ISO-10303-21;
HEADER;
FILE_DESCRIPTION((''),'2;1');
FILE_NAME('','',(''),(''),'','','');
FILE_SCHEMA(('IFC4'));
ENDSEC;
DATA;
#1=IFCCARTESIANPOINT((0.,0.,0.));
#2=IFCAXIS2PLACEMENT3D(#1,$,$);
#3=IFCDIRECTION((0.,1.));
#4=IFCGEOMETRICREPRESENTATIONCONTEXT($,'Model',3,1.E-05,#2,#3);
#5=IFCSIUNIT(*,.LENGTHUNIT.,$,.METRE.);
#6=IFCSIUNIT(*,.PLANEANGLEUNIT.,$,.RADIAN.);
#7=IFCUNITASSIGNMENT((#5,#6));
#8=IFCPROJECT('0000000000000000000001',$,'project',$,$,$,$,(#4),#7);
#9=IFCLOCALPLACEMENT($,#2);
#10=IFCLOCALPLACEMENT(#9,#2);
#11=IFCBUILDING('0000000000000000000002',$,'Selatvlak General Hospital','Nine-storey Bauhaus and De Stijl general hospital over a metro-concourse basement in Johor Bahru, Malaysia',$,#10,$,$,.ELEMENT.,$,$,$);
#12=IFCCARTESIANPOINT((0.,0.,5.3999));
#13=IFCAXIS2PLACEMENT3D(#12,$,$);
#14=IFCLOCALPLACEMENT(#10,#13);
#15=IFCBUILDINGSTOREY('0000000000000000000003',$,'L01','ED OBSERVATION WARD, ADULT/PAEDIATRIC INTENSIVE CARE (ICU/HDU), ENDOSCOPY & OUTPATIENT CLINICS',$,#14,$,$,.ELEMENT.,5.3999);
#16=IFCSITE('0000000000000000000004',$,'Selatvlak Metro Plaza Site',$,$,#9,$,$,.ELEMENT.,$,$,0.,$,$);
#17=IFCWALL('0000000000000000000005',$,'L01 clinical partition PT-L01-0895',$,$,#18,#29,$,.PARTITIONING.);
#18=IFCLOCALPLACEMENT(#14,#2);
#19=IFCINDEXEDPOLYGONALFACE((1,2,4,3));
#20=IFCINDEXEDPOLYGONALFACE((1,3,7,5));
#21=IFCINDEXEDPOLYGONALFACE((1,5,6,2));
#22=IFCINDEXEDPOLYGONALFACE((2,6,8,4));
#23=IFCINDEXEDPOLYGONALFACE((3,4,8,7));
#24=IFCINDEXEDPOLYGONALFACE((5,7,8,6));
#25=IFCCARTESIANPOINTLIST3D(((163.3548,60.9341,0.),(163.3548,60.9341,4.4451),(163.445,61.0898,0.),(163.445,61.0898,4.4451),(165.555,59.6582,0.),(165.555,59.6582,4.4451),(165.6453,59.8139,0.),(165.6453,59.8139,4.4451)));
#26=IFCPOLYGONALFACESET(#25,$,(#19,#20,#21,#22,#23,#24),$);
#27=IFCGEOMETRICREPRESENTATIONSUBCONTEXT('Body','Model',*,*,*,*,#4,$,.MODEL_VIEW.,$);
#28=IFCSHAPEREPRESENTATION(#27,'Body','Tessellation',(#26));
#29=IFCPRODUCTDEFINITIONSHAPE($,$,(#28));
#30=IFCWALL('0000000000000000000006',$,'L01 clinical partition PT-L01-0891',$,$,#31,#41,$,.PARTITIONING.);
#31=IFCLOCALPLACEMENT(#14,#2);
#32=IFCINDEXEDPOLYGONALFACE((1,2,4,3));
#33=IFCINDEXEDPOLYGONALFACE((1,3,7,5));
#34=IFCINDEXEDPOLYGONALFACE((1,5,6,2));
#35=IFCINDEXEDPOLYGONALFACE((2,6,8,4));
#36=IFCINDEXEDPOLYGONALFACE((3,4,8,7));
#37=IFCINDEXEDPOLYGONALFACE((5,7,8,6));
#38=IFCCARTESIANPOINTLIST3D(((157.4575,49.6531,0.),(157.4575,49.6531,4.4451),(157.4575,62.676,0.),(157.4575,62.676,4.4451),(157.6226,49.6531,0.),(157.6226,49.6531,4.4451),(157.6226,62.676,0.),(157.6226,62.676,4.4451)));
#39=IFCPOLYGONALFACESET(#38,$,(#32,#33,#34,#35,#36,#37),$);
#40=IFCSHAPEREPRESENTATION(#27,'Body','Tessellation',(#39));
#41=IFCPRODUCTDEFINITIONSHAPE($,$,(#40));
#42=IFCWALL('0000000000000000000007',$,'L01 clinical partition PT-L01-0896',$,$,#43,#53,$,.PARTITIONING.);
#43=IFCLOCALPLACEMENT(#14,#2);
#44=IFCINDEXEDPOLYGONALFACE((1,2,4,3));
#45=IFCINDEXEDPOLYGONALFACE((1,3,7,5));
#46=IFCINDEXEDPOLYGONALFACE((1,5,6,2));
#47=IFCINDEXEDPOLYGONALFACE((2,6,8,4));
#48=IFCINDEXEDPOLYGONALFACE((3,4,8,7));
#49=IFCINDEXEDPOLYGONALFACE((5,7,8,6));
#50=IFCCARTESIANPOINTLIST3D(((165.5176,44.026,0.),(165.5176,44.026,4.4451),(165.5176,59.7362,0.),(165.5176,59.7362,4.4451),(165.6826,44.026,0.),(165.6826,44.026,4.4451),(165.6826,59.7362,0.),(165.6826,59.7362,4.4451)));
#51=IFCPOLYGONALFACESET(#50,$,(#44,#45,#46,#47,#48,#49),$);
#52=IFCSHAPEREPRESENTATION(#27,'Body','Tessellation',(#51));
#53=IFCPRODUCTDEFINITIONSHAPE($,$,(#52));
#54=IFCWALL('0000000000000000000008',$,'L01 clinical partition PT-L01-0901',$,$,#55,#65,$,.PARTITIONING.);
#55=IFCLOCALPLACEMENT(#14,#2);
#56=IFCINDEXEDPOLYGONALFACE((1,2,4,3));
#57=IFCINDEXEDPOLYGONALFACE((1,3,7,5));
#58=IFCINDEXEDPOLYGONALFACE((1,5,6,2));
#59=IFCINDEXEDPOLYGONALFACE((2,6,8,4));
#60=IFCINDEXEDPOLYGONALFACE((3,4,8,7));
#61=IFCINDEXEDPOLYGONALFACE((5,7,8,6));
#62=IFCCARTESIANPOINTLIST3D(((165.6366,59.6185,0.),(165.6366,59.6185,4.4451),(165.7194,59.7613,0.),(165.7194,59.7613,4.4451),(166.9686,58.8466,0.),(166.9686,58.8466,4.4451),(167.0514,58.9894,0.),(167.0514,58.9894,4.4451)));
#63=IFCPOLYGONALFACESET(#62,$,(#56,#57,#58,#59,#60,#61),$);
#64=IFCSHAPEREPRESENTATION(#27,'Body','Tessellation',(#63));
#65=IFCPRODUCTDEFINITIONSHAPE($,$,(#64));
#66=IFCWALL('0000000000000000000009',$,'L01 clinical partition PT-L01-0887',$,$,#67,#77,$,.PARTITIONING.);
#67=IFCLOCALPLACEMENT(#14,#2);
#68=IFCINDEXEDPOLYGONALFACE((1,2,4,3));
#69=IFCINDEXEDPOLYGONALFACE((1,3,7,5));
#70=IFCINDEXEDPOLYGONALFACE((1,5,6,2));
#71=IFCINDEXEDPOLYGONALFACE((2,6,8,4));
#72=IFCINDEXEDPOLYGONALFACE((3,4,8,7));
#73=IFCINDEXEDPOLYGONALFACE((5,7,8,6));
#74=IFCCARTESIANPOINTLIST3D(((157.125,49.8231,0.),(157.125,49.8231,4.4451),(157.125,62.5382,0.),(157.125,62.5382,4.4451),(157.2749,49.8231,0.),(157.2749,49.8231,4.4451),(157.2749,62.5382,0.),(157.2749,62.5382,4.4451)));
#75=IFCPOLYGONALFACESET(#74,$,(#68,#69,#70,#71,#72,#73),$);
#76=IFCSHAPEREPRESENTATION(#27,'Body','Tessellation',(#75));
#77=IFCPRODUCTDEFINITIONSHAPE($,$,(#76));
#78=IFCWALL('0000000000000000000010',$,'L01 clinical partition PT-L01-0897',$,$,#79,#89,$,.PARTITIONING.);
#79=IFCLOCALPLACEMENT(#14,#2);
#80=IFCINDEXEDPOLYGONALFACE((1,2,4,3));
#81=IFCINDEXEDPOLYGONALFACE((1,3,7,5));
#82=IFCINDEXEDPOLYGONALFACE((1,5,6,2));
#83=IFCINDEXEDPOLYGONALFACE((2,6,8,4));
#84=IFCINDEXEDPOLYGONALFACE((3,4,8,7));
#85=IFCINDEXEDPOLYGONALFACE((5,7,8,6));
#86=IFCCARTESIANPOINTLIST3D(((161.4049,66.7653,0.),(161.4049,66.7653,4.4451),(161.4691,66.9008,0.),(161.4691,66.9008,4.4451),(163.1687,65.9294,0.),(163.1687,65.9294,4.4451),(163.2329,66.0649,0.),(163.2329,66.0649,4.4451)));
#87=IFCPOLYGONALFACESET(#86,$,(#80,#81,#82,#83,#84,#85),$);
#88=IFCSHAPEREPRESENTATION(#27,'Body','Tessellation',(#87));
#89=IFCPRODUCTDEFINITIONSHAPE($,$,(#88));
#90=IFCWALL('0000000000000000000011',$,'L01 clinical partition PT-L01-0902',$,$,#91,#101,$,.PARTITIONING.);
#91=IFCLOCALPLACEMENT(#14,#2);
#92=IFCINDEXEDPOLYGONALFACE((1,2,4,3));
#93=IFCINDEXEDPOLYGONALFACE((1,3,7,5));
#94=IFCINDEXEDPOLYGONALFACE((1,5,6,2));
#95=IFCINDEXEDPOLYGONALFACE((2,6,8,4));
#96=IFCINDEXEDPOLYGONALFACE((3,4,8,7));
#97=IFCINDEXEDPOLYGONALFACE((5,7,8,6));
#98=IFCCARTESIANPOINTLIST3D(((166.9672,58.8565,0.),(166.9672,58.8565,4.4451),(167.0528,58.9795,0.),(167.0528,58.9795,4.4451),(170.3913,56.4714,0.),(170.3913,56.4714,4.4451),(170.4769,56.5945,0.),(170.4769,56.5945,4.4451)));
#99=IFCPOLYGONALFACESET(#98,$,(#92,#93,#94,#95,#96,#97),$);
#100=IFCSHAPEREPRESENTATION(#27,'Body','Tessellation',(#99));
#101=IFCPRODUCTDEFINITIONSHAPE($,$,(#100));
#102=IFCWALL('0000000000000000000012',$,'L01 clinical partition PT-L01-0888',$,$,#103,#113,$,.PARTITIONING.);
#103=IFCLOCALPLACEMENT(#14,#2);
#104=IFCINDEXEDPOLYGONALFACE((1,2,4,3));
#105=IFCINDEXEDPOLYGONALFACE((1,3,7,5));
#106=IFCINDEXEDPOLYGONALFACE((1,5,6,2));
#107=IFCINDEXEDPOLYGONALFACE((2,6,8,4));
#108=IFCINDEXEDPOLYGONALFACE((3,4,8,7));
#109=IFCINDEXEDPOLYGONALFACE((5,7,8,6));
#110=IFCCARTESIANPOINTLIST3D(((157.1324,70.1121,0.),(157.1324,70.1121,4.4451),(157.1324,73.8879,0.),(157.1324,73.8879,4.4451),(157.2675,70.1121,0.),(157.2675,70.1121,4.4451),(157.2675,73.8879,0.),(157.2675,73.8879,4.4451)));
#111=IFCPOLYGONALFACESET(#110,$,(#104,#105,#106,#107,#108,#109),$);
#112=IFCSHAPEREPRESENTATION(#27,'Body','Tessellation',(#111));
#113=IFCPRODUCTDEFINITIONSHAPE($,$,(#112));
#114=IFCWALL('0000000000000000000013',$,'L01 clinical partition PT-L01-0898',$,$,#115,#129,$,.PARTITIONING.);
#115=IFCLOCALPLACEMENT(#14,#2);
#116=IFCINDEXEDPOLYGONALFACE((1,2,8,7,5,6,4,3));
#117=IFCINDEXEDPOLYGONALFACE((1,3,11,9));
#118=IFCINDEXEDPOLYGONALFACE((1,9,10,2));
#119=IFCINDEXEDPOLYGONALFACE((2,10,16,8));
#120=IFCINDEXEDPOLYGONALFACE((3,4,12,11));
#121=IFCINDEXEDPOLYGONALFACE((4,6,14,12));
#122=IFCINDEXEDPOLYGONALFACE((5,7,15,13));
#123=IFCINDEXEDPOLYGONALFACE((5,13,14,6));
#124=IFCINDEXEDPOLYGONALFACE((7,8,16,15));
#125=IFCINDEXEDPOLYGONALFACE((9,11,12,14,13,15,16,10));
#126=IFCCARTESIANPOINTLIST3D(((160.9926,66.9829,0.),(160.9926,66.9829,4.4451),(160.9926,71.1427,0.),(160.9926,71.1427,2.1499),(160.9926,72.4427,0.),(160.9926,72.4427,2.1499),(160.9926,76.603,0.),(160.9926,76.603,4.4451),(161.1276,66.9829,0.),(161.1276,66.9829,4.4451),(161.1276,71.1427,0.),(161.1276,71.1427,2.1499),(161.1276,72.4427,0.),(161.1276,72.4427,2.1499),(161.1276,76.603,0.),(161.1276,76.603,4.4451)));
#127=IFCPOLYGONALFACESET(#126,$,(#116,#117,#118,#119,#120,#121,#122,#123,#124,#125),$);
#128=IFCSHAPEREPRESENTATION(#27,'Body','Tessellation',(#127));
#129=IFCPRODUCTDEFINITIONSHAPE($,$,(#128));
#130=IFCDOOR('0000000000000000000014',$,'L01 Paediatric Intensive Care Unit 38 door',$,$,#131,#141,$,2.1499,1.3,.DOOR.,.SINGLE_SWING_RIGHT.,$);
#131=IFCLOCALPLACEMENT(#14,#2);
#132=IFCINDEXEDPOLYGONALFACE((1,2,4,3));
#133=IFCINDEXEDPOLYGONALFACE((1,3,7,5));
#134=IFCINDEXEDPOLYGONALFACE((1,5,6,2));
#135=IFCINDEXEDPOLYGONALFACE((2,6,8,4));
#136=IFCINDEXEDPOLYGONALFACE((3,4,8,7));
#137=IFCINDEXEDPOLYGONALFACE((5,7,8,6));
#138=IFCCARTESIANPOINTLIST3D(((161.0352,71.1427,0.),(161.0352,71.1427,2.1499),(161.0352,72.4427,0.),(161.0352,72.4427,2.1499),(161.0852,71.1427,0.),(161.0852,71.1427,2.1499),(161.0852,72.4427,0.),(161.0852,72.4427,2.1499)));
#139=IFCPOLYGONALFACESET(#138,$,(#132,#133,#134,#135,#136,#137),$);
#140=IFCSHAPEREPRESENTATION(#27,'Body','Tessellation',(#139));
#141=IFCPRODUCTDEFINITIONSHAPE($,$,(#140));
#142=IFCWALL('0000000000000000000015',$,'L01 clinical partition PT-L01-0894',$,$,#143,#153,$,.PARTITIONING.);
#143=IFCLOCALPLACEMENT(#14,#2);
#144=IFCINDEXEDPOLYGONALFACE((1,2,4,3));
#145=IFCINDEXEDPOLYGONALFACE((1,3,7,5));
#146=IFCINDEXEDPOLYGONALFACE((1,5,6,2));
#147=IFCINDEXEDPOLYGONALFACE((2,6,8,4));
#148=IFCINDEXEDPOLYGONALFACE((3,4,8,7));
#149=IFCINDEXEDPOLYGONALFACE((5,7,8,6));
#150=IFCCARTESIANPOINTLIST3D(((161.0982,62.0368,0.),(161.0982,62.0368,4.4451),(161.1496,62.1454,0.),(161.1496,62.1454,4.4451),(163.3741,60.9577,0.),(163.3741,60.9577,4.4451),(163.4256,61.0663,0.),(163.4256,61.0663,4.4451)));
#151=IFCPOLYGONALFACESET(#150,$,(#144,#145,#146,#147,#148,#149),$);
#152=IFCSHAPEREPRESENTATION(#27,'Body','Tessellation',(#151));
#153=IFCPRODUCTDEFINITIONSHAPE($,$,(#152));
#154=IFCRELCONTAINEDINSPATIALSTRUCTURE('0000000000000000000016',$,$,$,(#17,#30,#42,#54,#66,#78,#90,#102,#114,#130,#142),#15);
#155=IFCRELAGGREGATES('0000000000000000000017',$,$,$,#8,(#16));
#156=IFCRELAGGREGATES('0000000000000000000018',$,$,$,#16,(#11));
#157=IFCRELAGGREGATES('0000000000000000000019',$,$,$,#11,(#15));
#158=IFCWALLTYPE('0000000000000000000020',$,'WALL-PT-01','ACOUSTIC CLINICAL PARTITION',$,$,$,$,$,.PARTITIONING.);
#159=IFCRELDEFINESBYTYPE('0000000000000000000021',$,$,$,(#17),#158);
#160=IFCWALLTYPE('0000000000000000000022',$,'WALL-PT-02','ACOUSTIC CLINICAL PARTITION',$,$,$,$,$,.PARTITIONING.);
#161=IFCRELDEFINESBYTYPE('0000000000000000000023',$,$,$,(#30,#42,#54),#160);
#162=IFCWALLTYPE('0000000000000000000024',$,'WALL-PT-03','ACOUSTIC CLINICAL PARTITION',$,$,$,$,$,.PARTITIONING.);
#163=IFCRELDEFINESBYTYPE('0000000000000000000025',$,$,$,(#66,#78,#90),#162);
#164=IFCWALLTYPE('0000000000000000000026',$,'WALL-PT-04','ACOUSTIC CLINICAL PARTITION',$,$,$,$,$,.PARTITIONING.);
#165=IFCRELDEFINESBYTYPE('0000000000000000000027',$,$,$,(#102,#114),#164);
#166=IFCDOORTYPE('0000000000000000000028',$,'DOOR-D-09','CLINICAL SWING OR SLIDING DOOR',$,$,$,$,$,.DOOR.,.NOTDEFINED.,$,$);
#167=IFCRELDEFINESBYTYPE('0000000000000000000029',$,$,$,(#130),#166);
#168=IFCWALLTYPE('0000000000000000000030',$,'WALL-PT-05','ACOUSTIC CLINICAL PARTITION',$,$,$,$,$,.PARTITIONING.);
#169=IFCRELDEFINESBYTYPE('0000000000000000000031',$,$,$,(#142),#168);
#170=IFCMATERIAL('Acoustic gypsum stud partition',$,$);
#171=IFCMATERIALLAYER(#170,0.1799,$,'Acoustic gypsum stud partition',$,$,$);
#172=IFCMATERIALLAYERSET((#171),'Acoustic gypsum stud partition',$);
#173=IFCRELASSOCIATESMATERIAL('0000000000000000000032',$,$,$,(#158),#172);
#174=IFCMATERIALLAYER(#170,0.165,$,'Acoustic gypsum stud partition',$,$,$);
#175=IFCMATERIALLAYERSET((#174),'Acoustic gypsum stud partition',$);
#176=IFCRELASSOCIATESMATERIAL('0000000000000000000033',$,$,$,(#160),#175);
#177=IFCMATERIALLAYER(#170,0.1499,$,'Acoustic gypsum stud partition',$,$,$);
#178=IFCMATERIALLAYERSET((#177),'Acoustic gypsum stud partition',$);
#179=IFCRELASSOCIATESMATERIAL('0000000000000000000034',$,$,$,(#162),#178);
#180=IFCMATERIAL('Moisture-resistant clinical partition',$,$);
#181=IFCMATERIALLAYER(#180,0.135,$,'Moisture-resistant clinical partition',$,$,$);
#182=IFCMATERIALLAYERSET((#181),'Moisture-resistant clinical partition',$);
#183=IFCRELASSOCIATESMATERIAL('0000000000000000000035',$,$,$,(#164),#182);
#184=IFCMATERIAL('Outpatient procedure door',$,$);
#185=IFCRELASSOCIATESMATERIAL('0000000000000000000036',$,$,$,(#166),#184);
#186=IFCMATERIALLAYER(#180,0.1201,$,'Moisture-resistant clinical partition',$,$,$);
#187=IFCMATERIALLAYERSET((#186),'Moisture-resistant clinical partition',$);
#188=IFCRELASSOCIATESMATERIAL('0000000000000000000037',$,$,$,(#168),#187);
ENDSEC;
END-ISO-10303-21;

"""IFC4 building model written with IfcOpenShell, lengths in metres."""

from ifc_helpers import new_model, si_unit, direction, frame, frame_2d, origin, place, context, subcontext, project, spatial, rectangle, extrude, material, layer, layer_set, type_object, element, fill, save


model = new_model("IFC4")

# Units and contexts
model_context = context("Model", 3, precision=1e-05, world=origin(), true_north=direction((0.0, 1.0)))
body_context = subcontext(model_context, "Body", "Model", "MODEL_VIEW")
ifc_project = project(units=[si_unit("LENGTHUNIT", "METRE"), si_unit("PLANEANGLEUNIT", "RADIAN")], contexts=[model_context])

# Site, building, storey
site_placement = place(None, origin())
site = spatial("IfcSite", under=ifc_project, at=site_placement, Name="Selatvlak Metro Plaza Site", CompositionType="ELEMENT", RefElevation=0.0)
building_placement = place(site_placement, origin())
building = spatial("IfcBuilding", under=site, at=building_placement, Name="Selatvlak General Hospital", Description="Nine-storey Bauhaus and De Stijl general hospital over a metro-concourse basement in Johor Bahru, Malaysia", CompositionType="ELEMENT")
storey_placement = place(building_placement, frame((0.0, 0.0, 5.3999)))
storey = spatial("IfcBuildingStorey", under=building, at=storey_placement, Name="L01", Description="ED OBSERVATION WARD, ADULT/PAEDIATRIC INTENSIVE CARE (ICU/HDU), ENDOSCOPY & OUTPATIENT CLINICS", CompositionType="ELEMENT", Elevation=5.3999)

# Walls
ifc_material_1 = material(Name="Acoustic gypsum stud partition")
ifc_layer_1 = layer(ifc_material_1, 0.1799, Name="Acoustic gypsum stud partition")
ifc_layer_set_1 = layer_set([ifc_layer_1], Name="Acoustic gypsum stud partition")
wall_type_1 = type_object("IfcWallType", Name="WALL-PT-01", Description="ACOUSTIC CLINICAL PARTITION", PredefinedType="PARTITIONING", material=ifc_layer_set_1)
wall_1_placement = place(storey_placement, frame((163.3999, 61.012, 0.0), z_axis=(0.0, 0.0, 1.0), x_axis=(0.865071, -0.501649, 0.0)))
element("IfcWall", 1, at=wall_1_placement, inside=storey, type_object=wall_type_1, Name="L01 clinical partition PT-L01-0895", PredefinedType="PARTITIONING", context=body_context, shape_type="SweptSolid", body=[
    extrude(rectangle(XDim=2.5435, YDim=0.1799, at=frame_2d((1.2717, 0.0))), origin(), (0.0, 0.0, 1.0), 4.4451),
])
ifc_layer_2 = layer(ifc_material_1, 0.165, Name="Acoustic gypsum stud partition")
ifc_layer_set_2 = layer_set([ifc_layer_2], Name="Acoustic gypsum stud partition")
wall_type_2 = type_object("IfcWallType", Name="WALL-PT-02", Description="ACOUSTIC CLINICAL PARTITION", PredefinedType="PARTITIONING", material=ifc_layer_set_2)
wall_2_placement = place(storey_placement, frame((157.54, 62.676, 0.0), z_axis=(0.0, 0.0, 1.0), x_axis=(0.0, -1.0, 0.0)))
element("IfcWall", 2, at=wall_2_placement, inside=storey, type_object=wall_type_2, Name="L01 clinical partition PT-L01-0891", PredefinedType="PARTITIONING", context=body_context, shape_type="SweptSolid", body=[
    extrude(rectangle(XDim=13.0229, YDim=0.165, at=frame_2d((6.5115, 0.0))), origin(), (0.0, 0.0, 1.0), 4.4451),
])
wall_3_placement = place(storey_placement, frame((165.6001, 59.7361, 0.0), z_axis=(0.0, 0.0, 1.0), x_axis=(0.0, -1.0, 0.0)))
element("IfcWall", 3, at=wall_3_placement, inside=storey, type_object=wall_type_2, Name="L01 clinical partition PT-L01-0896", PredefinedType="PARTITIONING", context=body_context, shape_type="SweptSolid", body=[
    extrude(rectangle(XDim=15.7102, YDim=0.165, at=frame_2d((7.855, 0.0))), origin(), (0.0, 0.0, 1.0), 4.4451),
])
wall_4_placement = place(storey_placement, frame((165.678, 59.6899, 0.0), z_axis=(0.0, 0.0, 1.0), x_axis=(0.865202, -0.501424, 0.0)))
element("IfcWall", 4, at=wall_4_placement, inside=storey, type_object=wall_type_2, Name="L01 clinical partition PT-L01-0901", PredefinedType="PARTITIONING", context=body_context, shape_type="SweptSolid", body=[
    extrude(rectangle(XDim=1.5396, YDim=0.165, at=frame_2d((0.7698, 0.0))), origin(), (0.0, 0.0, 1.0), 4.4451),
])
ifc_layer_3 = layer(ifc_material_1, 0.1499, Name="Acoustic gypsum stud partition")
ifc_layer_set_3 = layer_set([ifc_layer_3], Name="Acoustic gypsum stud partition")
wall_type_3 = type_object("IfcWallType", Name="WALL-PT-03", Description="ACOUSTIC CLINICAL PARTITION", PredefinedType="PARTITIONING", material=ifc_layer_set_3)
wall_5_placement = place(storey_placement, frame((157.2, 62.5381, 0.0), z_axis=(0.0, 0.0, 1.0), x_axis=(0.0, -1.0, 0.0)))
element("IfcWall", 5, at=wall_5_placement, inside=storey, type_object=wall_type_3, Name="L01 clinical partition PT-L01-0887", PredefinedType="PARTITIONING", context=body_context, shape_type="SweptSolid", body=[
    extrude(rectangle(XDim=12.7151, YDim=0.1499, at=frame_2d((6.3574, 0.0))), origin(), (0.0, 0.0, 1.0), 4.4451),
])
wall_6_placement = place(storey_placement, frame((163.2009, 65.9971, 0.0), z_axis=(0.0, 0.0, 1.0), x_axis=(-0.903659, 0.428253, 0.0)))
element("IfcWall", 6, at=wall_6_placement, inside=storey, type_object=wall_type_3, Name="L01 clinical partition PT-L01-0897", PredefinedType="PARTITIONING", context=body_context, shape_type="SweptSolid", body=[
    extrude(rectangle(XDim=1.9519, YDim=0.1499, at=frame_2d((0.9761, 0.0))), origin(), (0.0, 0.0, 1.0), 4.4451),
])
wall_7_placement = place(storey_placement, frame((167.01, 58.918, 0.0), z_axis=(0.0, 0.0, 1.0), x_axis=(0.820563, -0.571556, 0.0)))
element("IfcWall", 7, at=wall_7_placement, inside=storey, type_object=wall_type_3, Name="L01 clinical partition PT-L01-0902", PredefinedType="PARTITIONING", context=body_context, shape_type="SweptSolid", body=[
    extrude(rectangle(XDim=4.1729, YDim=0.1499, at=frame_2d((2.0864, 0.0))), origin(), (0.0, 0.0, 1.0), 4.4451),
])
ifc_material_2 = material(Name="Moisture-resistant clinical partition")
ifc_layer_4 = layer(ifc_material_2, 0.135, Name="Moisture-resistant clinical partition")
ifc_layer_set_4 = layer_set([ifc_layer_4], Name="Moisture-resistant clinical partition")
wall_type_4 = type_object("IfcWallType", Name="WALL-PT-04", Description="ACOUSTIC CLINICAL PARTITION", PredefinedType="PARTITIONING", material=ifc_layer_set_4)
wall_8_placement = place(storey_placement, frame((157.2, 73.8879, 0.0), z_axis=(0.0, 0.0, 1.0), x_axis=(0.0, -1.0, 0.0)))
element("IfcWall", 8, at=wall_8_placement, inside=storey, type_object=wall_type_4, Name="L01 clinical partition PT-L01-0888", PredefinedType="PARTITIONING", context=body_context, shape_type="SweptSolid", body=[
    extrude(rectangle(XDim=3.7759, YDim=0.135, at=frame_2d((1.8879, 0.0))), origin(), (0.0, 0.0, 1.0), 4.4451),
])

# Wall, opening, door
wall_9_placement = place(storey_placement, frame((161.0601, 66.9829, 0.0), z_axis=(0.0, 0.0, 1.0), x_axis=(0.0, 1.0, 0.0)))
wall_9 = element("IfcWall", 9, at=wall_9_placement, inside=storey, type_object=wall_type_4, Name="L01 clinical partition PT-L01-0898", PredefinedType="PARTITIONING", context=body_context, shape_type="SweptSolid", body=[
    extrude(rectangle(XDim=9.6201, YDim=0.135, at=frame_2d((4.8101, 0.0))), origin(), (0.0, 0.0, 1.0), 4.4451),
])
opening_placement = place(wall_9_placement, frame((4.1599, 0.0, 0.0)))
opening = element("IfcOpeningElement", 10, at=opening_placement, cuts=wall_9, PredefinedType="OPENING", context=body_context, shape_type="SweptSolid", body=[
    extrude(rectangle(XDim=1.3, YDim=2.1499, at=frame_2d((0.6499, 1.075))), frame((0.0, 0.0774, 0.0), z_axis=(0.0, -1.0, 0.0), x_axis=(1.0, 0.0, 0.0)), (0.0, 0.0, 1.0), 0.155),
])
ifc_material_3 = material(Name="Outpatient procedure door")
door_type = type_object("IfcDoorType", Name="DOOR-D-09", Description="CLINICAL SWING OR SLIDING DOOR", OperationType="NOTDEFINED", PredefinedType="DOOR", material=ifc_material_3)
door_placement = place(opening_placement, origin())
door = element("IfcDoor", 11, at=door_placement, inside=storey, type_object=door_type, Name="L01 Paediatric Intensive Care Unit 38 door", OperationType="SINGLE_SWING_RIGHT", OverallHeight=2.1499, OverallWidth=1.3, PredefinedType="DOOR", context=body_context, shape_type="SweptSolid", body=[
    extrude(rectangle(XDim=1.3, YDim=2.1499, at=frame_2d((0.6499, 1.075))), frame((0.0, 0.0249, 0.0), z_axis=(0.0, -1.0, 0.0), x_axis=(1.0, 0.0, 0.0)), (0.0, 0.0, 1.0), 0.05),
])
fill(opening, door)

# Wall
ifc_layer_5 = layer(ifc_material_2, 0.1201, Name="Moisture-resistant clinical partition")
ifc_layer_set_5 = layer_set([ifc_layer_5], Name="Moisture-resistant clinical partition")
wall_type_5 = type_object("IfcWallType", Name="WALL-PT-05", Description="ACOUSTIC CLINICAL PARTITION", PredefinedType="PARTITIONING", material=ifc_layer_set_5)
wall_10_placement = place(storey_placement, frame((161.124, 62.0911, 0.0), z_axis=(0.0, 0.0, 1.0), x_axis=(0.903576, -0.428428, 0.0)))
element("IfcWall", 12, at=wall_10_placement, inside=storey, type_object=wall_type_5, Name="L01 clinical partition PT-L01-0894", PredefinedType="PARTITIONING", context=body_context, shape_type="SweptSolid", body=[
    extrude(rectangle(XDim=2.5188, YDim=0.1201, at=frame_2d((1.2593, 0.0))), origin(), (0.0, 0.0, 1.0), 4.4451),
])

save(model, "model.ifc")
